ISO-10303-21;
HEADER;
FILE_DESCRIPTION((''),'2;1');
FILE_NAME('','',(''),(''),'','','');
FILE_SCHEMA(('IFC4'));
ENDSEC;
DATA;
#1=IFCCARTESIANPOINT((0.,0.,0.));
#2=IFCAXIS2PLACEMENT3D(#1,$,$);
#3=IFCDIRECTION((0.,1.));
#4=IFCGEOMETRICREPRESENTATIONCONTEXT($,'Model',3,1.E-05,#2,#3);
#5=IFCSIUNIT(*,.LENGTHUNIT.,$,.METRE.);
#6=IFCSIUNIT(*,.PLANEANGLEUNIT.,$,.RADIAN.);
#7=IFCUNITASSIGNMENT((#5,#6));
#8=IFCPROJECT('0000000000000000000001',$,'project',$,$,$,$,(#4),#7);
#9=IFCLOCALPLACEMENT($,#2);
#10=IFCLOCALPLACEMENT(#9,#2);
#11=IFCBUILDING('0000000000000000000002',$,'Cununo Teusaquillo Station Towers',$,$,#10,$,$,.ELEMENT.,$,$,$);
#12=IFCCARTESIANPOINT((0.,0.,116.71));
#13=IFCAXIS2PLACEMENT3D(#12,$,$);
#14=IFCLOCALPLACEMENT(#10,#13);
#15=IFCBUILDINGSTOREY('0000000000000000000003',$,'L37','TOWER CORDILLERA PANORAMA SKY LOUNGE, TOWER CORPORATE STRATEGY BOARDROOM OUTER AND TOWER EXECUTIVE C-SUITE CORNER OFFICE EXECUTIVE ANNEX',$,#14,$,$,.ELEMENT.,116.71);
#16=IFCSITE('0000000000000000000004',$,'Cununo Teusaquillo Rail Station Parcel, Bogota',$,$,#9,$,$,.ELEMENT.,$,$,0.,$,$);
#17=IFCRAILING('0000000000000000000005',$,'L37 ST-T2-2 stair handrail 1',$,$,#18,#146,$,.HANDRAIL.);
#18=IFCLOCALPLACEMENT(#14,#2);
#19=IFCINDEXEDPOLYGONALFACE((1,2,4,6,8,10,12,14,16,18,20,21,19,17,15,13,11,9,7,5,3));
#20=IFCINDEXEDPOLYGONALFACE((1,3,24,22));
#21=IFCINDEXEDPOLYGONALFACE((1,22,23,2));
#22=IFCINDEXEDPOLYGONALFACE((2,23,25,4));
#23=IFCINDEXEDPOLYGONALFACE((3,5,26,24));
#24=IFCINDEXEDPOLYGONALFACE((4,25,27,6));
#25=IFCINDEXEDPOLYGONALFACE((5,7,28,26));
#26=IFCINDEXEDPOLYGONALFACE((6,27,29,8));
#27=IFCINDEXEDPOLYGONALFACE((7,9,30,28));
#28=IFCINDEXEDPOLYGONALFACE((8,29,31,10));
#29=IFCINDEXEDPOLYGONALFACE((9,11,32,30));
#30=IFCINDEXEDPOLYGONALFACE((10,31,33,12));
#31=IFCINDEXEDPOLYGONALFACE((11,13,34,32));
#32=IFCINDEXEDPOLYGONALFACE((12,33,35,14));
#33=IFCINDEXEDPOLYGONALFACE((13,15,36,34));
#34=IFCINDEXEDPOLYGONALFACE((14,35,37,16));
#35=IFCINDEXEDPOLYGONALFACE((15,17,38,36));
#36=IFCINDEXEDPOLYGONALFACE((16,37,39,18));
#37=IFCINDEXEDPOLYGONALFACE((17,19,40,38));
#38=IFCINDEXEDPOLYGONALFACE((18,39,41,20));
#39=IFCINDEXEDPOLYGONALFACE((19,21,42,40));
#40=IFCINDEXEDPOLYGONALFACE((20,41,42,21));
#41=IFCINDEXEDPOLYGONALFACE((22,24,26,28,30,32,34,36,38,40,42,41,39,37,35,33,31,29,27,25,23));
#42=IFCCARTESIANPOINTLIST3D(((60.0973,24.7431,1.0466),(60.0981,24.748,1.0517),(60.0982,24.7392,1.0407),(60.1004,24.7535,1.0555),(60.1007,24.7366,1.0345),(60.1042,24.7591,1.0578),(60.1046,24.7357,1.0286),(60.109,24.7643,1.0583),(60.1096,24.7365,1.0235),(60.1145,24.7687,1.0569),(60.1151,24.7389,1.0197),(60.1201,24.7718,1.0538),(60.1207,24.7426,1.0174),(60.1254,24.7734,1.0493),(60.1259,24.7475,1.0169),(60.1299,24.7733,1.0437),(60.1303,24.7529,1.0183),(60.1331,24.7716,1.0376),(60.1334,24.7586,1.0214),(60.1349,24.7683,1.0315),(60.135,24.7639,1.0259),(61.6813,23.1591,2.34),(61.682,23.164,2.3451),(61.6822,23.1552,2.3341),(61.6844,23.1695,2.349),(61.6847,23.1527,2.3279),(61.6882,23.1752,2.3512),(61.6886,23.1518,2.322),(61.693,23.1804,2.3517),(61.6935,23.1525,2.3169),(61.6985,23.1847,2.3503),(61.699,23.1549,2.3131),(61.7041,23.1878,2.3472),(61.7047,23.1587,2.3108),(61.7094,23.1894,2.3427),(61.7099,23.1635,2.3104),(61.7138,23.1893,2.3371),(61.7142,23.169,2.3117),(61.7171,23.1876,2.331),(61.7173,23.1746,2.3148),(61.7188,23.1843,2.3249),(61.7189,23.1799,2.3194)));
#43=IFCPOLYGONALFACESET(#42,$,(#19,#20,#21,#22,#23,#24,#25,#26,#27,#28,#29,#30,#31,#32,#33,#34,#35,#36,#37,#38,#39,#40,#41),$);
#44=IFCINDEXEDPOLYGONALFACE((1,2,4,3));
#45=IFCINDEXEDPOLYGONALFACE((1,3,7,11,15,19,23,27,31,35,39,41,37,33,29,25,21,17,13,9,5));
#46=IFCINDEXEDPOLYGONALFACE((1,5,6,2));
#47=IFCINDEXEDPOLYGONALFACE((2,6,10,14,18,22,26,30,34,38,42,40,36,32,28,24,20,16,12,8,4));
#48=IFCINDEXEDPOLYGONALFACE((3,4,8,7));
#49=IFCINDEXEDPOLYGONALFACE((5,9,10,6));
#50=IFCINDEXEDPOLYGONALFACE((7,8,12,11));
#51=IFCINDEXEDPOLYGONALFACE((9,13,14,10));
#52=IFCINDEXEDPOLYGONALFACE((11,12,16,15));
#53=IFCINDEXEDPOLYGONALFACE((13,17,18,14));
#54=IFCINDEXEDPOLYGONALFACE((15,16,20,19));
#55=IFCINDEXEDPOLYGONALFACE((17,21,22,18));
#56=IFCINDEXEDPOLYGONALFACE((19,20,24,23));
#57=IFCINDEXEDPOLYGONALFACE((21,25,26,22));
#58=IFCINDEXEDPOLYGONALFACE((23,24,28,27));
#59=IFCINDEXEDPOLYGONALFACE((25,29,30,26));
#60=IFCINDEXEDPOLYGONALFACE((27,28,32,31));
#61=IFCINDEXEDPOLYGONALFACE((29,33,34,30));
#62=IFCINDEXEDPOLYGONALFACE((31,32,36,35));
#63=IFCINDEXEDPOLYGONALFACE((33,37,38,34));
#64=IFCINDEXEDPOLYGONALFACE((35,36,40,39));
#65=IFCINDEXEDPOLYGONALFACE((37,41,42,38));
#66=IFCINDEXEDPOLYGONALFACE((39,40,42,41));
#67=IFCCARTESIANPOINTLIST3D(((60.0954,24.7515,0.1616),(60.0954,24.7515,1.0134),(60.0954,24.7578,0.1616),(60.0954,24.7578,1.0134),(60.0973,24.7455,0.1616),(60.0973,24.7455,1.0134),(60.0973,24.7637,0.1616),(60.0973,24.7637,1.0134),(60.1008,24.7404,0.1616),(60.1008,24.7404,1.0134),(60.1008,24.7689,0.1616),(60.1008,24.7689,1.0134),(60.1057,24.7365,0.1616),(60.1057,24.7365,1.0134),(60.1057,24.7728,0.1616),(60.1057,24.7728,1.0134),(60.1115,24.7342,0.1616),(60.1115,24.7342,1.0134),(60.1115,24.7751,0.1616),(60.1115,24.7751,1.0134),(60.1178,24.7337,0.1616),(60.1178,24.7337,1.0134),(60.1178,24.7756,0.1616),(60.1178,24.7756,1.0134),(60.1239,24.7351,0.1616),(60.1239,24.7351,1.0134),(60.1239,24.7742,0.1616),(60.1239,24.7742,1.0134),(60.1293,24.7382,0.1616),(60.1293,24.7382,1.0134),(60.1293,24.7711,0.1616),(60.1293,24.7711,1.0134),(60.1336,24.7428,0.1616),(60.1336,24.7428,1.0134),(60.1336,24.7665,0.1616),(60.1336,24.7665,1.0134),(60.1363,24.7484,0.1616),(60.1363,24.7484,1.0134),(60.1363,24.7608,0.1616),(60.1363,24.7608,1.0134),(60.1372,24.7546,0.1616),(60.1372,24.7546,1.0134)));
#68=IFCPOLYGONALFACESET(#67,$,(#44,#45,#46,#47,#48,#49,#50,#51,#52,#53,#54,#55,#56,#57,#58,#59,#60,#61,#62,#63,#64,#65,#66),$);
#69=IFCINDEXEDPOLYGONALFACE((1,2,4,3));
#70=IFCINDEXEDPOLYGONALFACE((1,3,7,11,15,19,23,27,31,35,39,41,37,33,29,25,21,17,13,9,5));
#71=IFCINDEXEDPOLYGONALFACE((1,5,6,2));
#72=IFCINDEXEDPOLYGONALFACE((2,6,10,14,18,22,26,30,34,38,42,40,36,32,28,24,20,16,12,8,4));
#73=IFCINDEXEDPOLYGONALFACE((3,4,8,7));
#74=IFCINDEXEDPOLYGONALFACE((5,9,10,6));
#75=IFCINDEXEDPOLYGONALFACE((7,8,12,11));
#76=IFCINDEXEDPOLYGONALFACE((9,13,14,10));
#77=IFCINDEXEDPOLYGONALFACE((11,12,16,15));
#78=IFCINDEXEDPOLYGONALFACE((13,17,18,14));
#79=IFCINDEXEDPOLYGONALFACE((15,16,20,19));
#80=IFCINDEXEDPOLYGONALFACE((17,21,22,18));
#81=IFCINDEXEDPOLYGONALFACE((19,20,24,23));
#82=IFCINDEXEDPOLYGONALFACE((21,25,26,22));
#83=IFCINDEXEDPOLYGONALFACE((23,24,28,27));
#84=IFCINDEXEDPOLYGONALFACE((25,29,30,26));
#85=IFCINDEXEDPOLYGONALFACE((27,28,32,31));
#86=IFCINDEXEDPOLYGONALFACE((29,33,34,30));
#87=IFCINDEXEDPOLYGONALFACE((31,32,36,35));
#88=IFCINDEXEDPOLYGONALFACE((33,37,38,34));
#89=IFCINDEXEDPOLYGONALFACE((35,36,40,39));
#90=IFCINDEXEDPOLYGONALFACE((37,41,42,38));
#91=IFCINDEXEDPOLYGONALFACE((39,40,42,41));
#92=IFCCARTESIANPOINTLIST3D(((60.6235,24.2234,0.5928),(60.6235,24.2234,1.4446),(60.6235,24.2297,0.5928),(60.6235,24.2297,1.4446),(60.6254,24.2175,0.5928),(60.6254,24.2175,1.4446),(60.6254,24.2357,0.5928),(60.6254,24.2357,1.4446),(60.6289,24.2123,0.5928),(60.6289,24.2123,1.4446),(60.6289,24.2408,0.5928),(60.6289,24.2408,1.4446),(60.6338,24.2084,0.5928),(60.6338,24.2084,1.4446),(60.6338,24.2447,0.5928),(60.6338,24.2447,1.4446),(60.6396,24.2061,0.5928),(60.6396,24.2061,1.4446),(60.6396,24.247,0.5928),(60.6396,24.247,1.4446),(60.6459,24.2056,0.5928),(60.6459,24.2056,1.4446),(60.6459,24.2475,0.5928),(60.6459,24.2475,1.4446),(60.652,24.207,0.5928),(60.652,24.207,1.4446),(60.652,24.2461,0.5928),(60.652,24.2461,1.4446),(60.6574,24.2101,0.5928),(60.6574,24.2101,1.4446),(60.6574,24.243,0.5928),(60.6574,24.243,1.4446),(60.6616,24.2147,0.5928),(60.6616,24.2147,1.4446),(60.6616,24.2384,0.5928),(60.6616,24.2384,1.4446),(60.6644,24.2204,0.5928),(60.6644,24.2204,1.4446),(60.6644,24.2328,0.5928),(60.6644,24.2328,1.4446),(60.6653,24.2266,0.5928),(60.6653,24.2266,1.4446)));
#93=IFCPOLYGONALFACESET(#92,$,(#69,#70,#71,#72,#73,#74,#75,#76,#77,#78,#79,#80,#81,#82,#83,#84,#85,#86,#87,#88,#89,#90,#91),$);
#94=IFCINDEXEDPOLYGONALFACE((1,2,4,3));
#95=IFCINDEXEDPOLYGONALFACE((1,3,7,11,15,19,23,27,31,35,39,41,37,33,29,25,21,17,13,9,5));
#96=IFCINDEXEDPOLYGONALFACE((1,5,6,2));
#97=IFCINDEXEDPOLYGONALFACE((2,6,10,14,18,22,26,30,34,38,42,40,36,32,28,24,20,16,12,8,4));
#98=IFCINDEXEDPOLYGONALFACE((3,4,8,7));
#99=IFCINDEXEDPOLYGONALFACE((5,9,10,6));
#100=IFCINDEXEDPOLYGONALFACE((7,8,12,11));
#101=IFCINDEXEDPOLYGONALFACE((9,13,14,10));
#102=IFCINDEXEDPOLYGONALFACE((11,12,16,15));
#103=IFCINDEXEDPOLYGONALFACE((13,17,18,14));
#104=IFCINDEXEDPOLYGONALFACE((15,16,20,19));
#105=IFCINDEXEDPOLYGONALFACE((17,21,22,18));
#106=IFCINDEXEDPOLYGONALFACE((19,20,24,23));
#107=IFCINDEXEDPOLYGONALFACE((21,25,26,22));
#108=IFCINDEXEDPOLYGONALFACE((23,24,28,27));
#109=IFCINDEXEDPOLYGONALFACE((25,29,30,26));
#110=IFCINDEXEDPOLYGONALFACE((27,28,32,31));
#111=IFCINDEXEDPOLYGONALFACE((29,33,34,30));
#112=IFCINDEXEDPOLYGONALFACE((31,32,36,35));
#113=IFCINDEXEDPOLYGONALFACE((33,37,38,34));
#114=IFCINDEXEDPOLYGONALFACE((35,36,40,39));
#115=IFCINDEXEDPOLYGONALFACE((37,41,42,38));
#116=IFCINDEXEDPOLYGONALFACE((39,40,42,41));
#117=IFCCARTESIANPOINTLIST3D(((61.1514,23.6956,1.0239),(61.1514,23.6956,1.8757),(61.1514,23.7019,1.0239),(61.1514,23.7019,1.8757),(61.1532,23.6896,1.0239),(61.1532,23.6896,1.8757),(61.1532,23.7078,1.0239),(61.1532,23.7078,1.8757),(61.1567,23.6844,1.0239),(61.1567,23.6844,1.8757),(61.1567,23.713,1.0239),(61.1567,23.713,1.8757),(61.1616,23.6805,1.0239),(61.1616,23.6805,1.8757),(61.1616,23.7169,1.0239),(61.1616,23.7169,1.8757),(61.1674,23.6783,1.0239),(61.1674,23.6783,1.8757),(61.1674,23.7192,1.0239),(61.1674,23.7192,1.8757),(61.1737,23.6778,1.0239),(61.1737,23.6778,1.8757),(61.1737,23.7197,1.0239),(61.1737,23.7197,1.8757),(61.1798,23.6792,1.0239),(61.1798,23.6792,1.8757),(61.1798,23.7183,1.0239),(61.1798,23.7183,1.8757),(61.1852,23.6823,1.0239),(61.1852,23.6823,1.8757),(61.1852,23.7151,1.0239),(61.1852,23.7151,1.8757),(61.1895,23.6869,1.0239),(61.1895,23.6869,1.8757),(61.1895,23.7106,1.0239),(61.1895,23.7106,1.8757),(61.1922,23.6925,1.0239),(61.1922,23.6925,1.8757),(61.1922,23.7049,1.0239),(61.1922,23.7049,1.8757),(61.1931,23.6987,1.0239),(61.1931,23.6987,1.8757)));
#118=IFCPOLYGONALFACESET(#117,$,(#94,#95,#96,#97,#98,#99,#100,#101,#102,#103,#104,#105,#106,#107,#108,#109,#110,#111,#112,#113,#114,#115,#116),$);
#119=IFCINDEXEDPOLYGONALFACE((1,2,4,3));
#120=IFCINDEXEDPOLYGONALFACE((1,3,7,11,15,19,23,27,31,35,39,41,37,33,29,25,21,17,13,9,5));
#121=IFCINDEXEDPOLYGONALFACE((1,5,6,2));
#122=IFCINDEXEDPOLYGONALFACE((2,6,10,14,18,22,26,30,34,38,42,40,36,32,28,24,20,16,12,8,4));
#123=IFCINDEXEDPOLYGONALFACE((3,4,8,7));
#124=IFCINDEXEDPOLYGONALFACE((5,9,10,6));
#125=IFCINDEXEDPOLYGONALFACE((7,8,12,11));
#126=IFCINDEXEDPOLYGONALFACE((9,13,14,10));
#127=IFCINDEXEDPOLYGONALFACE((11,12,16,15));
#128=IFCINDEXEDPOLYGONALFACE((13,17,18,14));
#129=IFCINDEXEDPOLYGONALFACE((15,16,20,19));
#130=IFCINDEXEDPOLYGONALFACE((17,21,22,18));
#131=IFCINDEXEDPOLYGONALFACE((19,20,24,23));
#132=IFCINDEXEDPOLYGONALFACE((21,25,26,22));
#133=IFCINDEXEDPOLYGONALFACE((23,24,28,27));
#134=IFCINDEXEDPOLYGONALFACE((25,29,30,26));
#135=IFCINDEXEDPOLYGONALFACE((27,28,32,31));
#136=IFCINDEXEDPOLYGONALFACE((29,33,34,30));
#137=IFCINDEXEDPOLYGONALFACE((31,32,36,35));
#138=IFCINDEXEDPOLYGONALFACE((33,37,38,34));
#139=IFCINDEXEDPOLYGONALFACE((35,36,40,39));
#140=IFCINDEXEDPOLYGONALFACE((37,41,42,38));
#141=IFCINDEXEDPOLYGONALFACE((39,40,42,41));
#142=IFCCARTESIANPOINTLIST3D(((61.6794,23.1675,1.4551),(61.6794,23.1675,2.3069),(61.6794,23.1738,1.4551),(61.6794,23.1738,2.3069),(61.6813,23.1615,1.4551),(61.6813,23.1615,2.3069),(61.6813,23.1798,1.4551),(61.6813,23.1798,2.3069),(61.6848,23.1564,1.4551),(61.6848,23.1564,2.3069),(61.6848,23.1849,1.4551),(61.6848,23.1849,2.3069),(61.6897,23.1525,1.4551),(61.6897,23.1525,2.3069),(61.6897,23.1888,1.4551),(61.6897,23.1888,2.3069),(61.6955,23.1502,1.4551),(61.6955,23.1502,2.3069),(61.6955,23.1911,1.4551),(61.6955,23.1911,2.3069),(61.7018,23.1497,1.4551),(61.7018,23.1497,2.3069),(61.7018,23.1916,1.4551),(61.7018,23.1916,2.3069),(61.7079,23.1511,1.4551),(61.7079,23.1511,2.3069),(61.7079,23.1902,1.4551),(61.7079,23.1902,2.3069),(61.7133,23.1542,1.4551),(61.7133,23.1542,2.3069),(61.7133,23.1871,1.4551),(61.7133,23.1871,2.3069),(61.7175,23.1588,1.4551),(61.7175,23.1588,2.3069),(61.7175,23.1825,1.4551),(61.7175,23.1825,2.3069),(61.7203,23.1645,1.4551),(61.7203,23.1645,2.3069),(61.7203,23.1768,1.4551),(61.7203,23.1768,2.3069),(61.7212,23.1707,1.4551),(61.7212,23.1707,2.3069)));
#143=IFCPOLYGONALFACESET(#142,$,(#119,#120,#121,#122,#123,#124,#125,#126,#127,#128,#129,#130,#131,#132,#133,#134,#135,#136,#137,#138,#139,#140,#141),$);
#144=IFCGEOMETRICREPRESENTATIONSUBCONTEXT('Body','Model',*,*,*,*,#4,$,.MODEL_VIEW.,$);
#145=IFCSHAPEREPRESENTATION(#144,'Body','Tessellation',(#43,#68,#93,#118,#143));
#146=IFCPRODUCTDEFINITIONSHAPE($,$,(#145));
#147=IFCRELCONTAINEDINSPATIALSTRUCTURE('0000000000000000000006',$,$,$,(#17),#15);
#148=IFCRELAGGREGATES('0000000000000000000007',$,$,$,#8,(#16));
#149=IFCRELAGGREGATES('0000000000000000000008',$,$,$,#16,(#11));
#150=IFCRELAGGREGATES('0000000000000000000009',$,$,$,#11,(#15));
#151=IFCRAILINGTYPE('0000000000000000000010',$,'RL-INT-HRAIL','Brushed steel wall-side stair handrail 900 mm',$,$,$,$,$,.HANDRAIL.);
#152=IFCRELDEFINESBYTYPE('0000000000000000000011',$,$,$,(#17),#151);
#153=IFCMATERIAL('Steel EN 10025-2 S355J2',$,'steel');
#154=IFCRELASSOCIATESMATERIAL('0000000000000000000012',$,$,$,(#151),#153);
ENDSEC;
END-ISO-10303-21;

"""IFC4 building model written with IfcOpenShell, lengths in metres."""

from ifc_helpers import new_model, si_unit, direction, frame, origin, origin_2d, place, context, subcontext, project, spatial, circle, extrude, material, type_object, element, save


model = new_model("IFC4")

# Units and contexts
model_context = context("Model", 3, precision=1e-05, world=origin(), true_north=direction((0.0, 1.0)))
body_context = subcontext(model_context, "Body", "Model", "MODEL_VIEW")
ifc_project = project(units=[si_unit("LENGTHUNIT", "METRE"), si_unit("PLANEANGLEUNIT", "RADIAN")], contexts=[model_context])

# Site, building, storey
site_placement = place(None, origin())
site = spatial("IfcSite", under=ifc_project, at=site_placement, Name="Cununo Teusaquillo Rail Station Parcel, Bogota", CompositionType="ELEMENT", RefElevation=0.0)
building_placement = place(site_placement, origin())
building = spatial("IfcBuilding", under=site, at=building_placement, Name="Cununo Teusaquillo Station Towers", CompositionType="ELEMENT")
storey_placement = place(building_placement, frame((0.0, 0.0, 116.71)))
storey = spatial("IfcBuildingStorey", under=building, at=storey_placement, Name="L37", Description="TOWER CORDILLERA PANORAMA SKY LOUNGE, TOWER CORPORATE STRATEGY BOARDROOM OUTER AND TOWER EXECUTIVE C-SUITE CORNER OFFICE EXECUTIVE ANNEX", CompositionType="ELEMENT", Elevation=116.71)

# Railing
ifc_material_1 = material(Name="Steel EN 10025-2 S355J2", Category="steel")
railing_type_1 = type_object("IfcRailingType", Name="RL-INT-HRAIL", Description="Brushed steel wall-side stair handrail 900 mm", PredefinedType="HANDRAIL", material=ifc_material_1)
railing_1_placement = place(storey_placement, frame((60.1162, 24.7546, 0.1616)))
element("IfcRailing", 1, at=railing_1_placement, inside=storey, type_object=railing_type_1, Name="L37 ST-T2-2 stair handrail 1", PredefinedType="HANDRAIL", context=body_context, shape_type="SweptSolid", body=[
    extrude(circle(Radius=0.0239, at=origin_2d()), frame((0.0, 0.0, 0.876), z_axis=(0.612356, -0.612356, 0.50004), x_axis=(0.707107, 0.707107, 0.0)), (0.0, 0.0, 1.0), 2.5867),
    extrude(circle(Radius=0.021, at=origin_2d()), origin(), (0.0, 0.0, 1.0), 0.8518),
    extrude(circle(Radius=0.021, at=origin_2d()), frame((0.5281, -0.5281, 0.4312)), (0.0, 0.0, 1.0), 0.8518),
    extrude(circle(Radius=0.021, at=origin_2d()), frame((1.0559, -1.0559, 0.8623)), (0.0, 0.0, 1.0), 0.8518),
    extrude(circle(Radius=0.021, at=origin_2d()), frame((1.584, -1.584, 1.2935)), (0.0, 0.0, 1.0), 0.8518),
])

save(model, "model.ifc")
